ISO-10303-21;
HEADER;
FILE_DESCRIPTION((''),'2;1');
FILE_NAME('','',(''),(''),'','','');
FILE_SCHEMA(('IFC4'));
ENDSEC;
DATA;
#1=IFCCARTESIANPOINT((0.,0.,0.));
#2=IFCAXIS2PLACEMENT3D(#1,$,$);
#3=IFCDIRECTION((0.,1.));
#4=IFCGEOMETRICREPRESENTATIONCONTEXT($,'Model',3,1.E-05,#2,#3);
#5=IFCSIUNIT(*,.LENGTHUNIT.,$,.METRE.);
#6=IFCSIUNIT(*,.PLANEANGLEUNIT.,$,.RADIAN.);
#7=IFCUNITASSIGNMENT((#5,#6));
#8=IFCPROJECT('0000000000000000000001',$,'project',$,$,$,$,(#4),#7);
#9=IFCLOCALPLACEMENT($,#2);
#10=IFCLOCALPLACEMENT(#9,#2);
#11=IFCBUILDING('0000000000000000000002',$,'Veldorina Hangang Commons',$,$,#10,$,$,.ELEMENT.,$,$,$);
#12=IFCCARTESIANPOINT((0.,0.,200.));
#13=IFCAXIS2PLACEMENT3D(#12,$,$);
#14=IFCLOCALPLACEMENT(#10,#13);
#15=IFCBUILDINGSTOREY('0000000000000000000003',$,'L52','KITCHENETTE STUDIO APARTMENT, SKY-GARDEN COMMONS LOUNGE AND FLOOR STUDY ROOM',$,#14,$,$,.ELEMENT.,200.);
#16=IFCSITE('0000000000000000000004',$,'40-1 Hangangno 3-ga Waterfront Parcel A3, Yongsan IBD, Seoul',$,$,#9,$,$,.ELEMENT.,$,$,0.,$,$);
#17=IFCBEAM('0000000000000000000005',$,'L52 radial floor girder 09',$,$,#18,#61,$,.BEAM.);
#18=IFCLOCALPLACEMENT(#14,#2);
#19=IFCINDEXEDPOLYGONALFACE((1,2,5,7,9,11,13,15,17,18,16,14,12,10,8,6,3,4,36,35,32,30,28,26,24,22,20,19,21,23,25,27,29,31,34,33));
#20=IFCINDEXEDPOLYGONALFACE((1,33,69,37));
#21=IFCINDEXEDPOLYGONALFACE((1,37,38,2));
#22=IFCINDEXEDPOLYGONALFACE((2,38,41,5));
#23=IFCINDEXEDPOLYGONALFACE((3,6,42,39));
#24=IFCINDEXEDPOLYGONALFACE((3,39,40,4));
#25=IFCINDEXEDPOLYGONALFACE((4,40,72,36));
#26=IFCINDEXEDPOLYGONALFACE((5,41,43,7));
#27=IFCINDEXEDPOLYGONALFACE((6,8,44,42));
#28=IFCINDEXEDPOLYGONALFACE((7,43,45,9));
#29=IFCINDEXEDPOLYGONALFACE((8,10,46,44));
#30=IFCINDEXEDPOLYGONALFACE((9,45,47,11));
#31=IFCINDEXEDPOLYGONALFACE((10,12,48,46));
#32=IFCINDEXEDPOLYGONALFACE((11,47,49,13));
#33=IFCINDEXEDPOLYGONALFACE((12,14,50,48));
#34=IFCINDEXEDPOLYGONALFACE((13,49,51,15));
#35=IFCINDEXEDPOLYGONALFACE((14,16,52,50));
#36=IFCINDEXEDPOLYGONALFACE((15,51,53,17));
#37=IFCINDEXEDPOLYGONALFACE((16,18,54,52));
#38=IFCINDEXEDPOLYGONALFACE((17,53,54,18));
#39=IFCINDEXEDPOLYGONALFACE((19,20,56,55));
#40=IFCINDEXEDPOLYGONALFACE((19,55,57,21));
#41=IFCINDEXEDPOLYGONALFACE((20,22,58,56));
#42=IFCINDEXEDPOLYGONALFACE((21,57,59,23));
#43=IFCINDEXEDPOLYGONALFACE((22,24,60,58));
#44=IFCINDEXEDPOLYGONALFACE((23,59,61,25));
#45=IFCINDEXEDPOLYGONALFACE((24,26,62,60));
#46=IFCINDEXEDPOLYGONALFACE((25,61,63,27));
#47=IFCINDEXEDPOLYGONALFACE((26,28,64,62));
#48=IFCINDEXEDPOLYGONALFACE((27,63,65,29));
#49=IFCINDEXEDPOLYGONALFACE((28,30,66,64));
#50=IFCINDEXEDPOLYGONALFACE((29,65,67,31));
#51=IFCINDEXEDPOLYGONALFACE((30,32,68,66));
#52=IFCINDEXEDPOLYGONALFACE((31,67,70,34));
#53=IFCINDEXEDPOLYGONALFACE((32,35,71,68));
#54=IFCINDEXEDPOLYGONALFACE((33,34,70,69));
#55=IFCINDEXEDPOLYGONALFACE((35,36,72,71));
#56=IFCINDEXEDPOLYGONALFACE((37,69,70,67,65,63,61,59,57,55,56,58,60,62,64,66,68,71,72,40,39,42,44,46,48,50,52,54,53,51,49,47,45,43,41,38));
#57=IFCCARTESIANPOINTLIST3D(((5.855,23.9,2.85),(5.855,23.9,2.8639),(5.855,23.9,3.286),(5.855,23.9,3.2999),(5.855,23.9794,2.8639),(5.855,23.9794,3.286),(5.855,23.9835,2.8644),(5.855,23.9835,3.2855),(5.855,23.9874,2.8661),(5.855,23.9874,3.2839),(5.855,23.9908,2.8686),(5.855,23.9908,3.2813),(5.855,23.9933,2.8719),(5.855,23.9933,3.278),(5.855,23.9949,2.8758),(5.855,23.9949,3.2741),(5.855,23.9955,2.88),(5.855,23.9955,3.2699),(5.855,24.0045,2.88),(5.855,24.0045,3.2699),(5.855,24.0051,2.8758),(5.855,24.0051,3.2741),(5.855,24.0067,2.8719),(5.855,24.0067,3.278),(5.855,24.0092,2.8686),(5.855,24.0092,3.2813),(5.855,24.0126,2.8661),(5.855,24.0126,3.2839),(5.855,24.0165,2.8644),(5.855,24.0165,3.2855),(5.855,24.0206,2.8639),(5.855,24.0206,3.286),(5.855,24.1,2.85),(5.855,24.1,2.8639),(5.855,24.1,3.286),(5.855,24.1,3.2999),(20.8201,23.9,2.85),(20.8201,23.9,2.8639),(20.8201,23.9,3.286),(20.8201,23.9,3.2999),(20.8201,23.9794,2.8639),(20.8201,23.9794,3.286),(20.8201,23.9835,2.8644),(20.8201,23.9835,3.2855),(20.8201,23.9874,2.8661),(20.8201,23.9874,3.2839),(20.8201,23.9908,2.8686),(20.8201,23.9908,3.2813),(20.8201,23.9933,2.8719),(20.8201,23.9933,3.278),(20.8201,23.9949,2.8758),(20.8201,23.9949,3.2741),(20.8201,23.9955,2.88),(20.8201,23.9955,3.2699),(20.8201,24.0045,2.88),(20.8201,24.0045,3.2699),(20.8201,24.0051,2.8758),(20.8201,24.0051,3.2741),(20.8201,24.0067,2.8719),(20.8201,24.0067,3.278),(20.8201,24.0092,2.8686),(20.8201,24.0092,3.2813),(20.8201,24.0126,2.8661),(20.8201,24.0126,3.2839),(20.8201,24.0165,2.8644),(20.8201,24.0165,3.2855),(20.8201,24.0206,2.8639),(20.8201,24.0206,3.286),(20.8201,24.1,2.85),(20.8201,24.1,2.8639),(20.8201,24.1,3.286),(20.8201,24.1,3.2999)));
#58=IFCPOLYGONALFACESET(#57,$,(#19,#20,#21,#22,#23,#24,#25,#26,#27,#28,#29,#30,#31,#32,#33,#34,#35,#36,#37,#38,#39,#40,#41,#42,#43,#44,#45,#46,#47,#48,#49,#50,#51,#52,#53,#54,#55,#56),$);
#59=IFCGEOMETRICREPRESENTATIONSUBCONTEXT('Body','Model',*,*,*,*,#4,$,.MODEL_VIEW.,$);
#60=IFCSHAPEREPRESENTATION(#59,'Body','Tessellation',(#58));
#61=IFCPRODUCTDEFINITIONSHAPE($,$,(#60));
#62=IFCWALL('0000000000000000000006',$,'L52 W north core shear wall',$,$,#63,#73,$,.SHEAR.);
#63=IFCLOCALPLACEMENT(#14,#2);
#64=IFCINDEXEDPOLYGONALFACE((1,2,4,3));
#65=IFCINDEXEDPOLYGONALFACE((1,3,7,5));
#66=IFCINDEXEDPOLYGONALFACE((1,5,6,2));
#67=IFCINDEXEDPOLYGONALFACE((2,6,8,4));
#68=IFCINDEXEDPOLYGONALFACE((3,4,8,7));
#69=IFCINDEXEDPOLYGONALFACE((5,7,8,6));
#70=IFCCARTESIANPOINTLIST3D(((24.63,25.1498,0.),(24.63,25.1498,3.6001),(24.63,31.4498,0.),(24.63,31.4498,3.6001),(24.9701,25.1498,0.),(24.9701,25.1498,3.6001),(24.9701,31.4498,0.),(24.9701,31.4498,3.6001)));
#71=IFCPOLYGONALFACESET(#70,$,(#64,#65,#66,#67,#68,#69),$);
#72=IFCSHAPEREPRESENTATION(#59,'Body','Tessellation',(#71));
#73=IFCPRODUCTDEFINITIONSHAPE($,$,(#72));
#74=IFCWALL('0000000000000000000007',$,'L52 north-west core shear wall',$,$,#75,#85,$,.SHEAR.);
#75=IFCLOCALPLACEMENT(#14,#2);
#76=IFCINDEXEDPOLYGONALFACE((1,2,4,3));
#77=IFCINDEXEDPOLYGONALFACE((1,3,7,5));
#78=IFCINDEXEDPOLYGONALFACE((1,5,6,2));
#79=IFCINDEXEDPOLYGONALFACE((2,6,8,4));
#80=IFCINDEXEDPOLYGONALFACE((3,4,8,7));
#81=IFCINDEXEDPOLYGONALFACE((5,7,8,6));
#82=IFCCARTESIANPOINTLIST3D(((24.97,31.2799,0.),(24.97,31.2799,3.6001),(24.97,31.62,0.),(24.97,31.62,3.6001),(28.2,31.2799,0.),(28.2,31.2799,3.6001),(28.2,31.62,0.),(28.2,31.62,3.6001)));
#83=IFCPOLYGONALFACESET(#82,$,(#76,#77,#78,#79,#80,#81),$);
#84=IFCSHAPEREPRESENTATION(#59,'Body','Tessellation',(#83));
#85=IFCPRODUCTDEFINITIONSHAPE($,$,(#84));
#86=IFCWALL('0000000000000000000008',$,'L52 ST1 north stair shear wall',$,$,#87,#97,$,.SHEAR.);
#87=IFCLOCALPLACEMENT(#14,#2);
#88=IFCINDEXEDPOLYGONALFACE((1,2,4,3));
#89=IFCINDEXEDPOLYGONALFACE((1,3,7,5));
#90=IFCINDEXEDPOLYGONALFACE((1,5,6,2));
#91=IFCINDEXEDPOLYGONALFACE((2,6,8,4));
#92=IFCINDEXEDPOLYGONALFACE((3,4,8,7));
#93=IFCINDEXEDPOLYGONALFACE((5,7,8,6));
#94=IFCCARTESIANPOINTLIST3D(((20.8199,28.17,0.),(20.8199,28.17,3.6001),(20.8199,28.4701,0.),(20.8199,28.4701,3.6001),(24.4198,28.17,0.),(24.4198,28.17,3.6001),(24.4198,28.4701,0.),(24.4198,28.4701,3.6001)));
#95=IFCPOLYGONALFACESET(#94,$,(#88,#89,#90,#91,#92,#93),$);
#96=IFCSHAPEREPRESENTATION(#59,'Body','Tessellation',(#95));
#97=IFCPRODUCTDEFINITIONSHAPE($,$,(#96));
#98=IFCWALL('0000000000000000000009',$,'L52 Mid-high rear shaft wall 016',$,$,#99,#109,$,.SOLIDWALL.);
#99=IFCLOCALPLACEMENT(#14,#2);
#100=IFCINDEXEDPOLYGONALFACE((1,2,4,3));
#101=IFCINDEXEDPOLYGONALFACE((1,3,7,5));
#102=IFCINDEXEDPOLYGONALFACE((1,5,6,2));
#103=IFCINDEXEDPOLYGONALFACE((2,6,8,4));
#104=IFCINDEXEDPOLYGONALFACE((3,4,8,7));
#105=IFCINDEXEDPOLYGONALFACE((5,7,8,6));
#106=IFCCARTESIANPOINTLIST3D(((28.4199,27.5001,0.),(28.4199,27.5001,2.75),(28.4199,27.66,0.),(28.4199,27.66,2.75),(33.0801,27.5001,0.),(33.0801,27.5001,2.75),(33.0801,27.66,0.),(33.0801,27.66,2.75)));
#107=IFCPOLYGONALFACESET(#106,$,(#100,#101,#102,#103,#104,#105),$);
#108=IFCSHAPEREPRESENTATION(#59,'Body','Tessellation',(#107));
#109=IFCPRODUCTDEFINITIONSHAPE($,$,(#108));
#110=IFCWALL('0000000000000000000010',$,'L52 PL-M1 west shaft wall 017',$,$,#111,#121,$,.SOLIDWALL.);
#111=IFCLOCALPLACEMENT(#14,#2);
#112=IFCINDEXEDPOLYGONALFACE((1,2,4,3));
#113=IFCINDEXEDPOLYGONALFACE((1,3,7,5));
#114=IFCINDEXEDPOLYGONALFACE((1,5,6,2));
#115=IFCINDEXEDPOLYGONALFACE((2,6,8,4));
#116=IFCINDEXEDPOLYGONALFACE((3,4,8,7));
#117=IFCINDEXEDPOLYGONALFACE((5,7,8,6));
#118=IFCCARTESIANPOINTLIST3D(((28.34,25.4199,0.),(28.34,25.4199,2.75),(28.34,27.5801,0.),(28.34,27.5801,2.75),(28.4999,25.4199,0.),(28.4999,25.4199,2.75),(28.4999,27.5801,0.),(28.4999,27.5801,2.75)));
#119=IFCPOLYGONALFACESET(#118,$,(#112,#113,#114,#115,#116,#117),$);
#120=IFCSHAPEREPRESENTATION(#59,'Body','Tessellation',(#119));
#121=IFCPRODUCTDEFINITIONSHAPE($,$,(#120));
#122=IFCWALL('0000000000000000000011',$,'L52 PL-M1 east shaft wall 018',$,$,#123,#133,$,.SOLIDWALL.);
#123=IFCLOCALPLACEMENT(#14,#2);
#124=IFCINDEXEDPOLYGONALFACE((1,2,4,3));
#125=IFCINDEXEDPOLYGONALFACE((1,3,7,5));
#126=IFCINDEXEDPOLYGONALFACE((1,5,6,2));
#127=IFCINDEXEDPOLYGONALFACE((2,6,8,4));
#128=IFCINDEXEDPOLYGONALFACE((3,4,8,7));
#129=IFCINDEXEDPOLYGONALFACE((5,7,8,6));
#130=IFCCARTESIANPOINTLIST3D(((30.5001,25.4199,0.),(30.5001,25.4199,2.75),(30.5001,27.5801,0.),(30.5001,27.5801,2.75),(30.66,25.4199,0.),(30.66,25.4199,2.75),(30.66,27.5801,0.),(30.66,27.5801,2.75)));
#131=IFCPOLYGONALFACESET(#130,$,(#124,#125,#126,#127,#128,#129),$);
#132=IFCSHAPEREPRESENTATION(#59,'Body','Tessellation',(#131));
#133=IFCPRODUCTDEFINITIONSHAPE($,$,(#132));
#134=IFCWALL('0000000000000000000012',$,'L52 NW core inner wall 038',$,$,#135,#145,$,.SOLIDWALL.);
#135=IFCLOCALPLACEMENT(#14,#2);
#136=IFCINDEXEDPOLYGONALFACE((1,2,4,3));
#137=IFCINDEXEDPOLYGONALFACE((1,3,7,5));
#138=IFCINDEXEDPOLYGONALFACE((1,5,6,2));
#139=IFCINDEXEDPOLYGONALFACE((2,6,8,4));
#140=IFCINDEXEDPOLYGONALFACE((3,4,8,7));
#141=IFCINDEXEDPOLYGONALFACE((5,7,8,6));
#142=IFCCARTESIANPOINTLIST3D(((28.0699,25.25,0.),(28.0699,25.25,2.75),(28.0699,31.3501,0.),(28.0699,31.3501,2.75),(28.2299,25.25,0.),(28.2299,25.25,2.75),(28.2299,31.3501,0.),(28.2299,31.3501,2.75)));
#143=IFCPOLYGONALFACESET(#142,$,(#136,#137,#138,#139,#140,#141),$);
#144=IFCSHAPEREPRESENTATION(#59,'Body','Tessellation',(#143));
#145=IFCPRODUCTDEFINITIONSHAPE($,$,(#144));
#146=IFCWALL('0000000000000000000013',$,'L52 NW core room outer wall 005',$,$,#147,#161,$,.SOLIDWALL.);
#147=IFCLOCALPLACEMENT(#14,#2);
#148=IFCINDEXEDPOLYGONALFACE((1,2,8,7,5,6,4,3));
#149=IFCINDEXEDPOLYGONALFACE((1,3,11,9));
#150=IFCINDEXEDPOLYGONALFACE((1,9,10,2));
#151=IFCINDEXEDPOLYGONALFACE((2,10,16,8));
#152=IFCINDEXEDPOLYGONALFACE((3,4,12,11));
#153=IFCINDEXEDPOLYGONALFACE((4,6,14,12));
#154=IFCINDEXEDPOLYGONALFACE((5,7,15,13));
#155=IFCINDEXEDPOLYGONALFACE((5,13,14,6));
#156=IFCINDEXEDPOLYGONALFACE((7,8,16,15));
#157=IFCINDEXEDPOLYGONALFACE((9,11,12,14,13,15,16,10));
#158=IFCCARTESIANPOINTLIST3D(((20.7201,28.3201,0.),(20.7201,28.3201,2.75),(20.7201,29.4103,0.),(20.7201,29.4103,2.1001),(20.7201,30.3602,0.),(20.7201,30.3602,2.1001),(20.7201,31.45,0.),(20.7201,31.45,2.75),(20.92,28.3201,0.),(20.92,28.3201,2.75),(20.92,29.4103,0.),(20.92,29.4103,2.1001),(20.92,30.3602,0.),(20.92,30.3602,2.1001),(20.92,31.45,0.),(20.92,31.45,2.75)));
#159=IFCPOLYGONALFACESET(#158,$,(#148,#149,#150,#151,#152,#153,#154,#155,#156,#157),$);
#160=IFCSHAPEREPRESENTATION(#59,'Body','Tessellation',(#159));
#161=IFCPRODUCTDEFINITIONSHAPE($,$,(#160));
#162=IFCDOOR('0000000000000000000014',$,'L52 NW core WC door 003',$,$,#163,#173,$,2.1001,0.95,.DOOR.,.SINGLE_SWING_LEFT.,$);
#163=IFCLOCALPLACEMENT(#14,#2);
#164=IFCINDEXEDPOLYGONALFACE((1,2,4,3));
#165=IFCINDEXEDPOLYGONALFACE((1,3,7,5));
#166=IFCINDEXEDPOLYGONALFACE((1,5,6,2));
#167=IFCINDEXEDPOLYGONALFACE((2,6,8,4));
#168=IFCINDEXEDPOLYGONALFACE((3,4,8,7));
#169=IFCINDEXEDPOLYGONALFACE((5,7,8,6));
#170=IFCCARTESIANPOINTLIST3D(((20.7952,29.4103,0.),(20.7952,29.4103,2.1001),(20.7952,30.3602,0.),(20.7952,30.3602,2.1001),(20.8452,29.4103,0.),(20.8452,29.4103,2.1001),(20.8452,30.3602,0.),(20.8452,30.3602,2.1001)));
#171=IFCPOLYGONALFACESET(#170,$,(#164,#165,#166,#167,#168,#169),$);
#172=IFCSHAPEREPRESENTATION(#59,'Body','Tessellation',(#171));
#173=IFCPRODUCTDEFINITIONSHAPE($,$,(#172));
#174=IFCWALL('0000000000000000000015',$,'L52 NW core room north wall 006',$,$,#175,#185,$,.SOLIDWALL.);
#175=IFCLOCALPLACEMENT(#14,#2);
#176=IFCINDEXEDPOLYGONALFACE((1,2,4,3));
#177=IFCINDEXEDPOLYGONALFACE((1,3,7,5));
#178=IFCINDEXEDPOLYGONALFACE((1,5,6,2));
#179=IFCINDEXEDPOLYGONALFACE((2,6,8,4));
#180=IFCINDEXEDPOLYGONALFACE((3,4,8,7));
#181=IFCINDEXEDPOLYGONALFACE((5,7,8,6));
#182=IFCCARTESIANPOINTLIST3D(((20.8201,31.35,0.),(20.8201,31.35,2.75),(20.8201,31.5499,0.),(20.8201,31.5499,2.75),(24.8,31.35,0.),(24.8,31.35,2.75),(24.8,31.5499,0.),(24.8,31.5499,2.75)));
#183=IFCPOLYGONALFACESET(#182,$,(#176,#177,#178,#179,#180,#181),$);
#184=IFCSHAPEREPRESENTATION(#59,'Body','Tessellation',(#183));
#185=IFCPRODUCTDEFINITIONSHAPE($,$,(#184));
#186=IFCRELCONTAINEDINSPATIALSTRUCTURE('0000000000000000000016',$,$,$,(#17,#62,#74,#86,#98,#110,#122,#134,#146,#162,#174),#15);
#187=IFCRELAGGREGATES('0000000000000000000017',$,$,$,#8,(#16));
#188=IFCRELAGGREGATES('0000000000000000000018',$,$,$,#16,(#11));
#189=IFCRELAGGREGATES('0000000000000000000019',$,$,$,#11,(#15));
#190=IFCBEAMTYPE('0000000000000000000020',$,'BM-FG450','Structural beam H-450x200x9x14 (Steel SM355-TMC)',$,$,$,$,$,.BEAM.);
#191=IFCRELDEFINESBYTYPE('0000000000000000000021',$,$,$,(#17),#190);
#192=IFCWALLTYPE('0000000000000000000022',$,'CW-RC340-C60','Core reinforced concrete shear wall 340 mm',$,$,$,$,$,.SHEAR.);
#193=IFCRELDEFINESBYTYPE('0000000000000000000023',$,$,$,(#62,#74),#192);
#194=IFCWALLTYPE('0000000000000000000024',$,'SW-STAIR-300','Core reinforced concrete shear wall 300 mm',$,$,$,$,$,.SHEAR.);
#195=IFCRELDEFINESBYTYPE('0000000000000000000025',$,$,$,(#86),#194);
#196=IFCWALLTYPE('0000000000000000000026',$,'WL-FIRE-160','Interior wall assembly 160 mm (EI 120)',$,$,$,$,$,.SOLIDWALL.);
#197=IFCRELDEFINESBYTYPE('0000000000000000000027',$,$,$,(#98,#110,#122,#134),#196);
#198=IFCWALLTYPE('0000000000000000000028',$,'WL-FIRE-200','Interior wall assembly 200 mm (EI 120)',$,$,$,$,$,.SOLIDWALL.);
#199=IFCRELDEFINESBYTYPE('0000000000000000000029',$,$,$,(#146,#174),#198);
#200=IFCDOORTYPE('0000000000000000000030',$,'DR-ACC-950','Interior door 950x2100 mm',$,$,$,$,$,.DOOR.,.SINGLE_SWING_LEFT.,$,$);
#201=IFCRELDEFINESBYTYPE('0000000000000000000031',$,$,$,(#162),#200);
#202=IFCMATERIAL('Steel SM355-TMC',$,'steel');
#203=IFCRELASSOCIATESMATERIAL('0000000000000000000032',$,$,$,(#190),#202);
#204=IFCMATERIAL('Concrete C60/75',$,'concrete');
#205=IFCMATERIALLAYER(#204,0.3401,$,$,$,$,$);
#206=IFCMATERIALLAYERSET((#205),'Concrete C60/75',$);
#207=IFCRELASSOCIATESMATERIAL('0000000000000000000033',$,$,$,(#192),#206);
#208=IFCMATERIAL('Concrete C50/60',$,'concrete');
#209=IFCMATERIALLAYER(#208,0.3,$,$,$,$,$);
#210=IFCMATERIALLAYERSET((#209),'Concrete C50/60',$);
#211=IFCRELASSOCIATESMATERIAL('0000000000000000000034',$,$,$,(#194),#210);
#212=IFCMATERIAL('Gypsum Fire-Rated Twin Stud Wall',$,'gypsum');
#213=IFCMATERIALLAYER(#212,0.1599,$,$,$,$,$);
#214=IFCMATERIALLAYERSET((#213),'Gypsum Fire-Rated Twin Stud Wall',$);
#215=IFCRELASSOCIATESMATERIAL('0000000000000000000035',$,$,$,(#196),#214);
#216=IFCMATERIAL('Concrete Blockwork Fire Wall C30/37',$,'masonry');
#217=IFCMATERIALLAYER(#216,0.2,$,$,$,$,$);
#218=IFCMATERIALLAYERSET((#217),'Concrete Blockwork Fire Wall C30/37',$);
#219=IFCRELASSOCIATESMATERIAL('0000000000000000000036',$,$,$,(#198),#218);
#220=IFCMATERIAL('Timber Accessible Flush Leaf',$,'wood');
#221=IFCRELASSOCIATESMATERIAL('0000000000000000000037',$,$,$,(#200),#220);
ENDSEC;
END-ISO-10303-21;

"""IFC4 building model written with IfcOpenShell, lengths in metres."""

from ifc_helpers import new_model, si_unit, direction, frame, frame_2d, origin, origin_2d, place, context, subcontext, project, spatial, rectangle, i_section, extrude, material, layer, layer_set, material_profile, profile_set, type_object, element, fill, save


model = new_model("IFC4")

# Units and contexts
model_context = context("Model", 3, precision=1e-05, world=origin(), true_north=direction((0.0, 1.0)))
body_context = subcontext(model_context, "Body", "Model", "MODEL_VIEW")
ifc_project = project(units=[si_unit("LENGTHUNIT", "METRE"), si_unit("PLANEANGLEUNIT", "RADIAN")], contexts=[model_context])

# Site, building, storey
site_placement = place(None, origin())
site = spatial("IfcSite", under=ifc_project, at=site_placement, Name="40-1 Hangangno 3-ga Waterfront Parcel A3, Yongsan IBD, Seoul", CompositionType="ELEMENT", RefElevation=0.0)
building_placement = place(site_placement, origin())
building = spatial("IfcBuilding", under=site, at=building_placement, Name="Veldorina Hangang Commons", CompositionType="ELEMENT")
storey_placement = place(building_placement, frame((0.0, 0.0, 200.0)))
storey = spatial("IfcBuildingStorey", under=building, at=storey_placement, Name="L52", Description="KITCHENETTE STUDIO APARTMENT, SKY-GARDEN COMMONS LOUNGE AND FLOOR STUDY ROOM", CompositionType="ELEMENT", Elevation=200.0)

# Beam
ifc_material_1 = material(Name="Concrete C60/75", Category="concrete")
ifc_material_2 = material(Name="Steel SM355-TMC", Category="steel")
ifc_material_profile_1 = material_profile(ifc_material_2, i_section(OverallWidth=0.2, OverallDepth=0.45, WebThickness=0.009, FlangeThickness=0.0139, FilletRadius=0.0161, at=origin_2d()), Name="H-450x200x9x14")
ifc_profile_set_1 = profile_set([ifc_material_profile_1], Name="Steel SM355-TMC")
beam_type_1 = type_object("IfcBeamType", Name="BM-FG450", Description="Structural beam H-450x200x9x14 (Steel SM355-TMC)", PredefinedType="BEAM", material=ifc_profile_set_1)
beam_1_placement = place(storey_placement, frame((20.8201, 24.0, 3.075), z_axis=(-1.0, 0.0, 0.0), x_axis=(0.0, -1.0, 0.0)))
element("IfcBeam", 1, at=beam_1_placement, inside=storey, type_object=beam_type_1, Name="L52 radial floor girder 09", PredefinedType="BEAM", context=body_context, shape_type="SweptSolid", body=[
    extrude(i_section(OverallWidth=0.2, OverallDepth=0.45, WebThickness=0.009, FlangeThickness=0.0139, FilletRadius=0.0161, at=origin_2d()), origin(), (0.0, 0.0, 1.0), 14.9651),
])

# Walls
ifc_layer_1 = layer(ifc_material_1, 0.3401)
ifc_layer_set_1 = layer_set([ifc_layer_1], Name="Concrete C60/75")
wall_type_1 = type_object("IfcWallType", Name="CW-RC340-C60", Description="Core reinforced concrete shear wall 340 mm", PredefinedType="SHEAR", material=ifc_layer_set_1)
wall_1_placement = place(storey_placement, frame((24.8, 25.1499, 0.0), z_axis=(0.0, 0.0, 1.0), x_axis=(0.0, 1.0, 0.0)))
element("IfcWall", 2, at=wall_1_placement, inside=storey, type_object=wall_type_1, Name="L52 W north core shear wall", PredefinedType="SHEAR", context=body_context, shape_type="SweptSolid", body=[
    extrude(rectangle(XDim=6.3, YDim=0.3401, at=frame_2d((3.1499, 0.0))), origin(), (0.0, 0.0, 1.0), 3.6001),
])
wall_2_placement = place(storey_placement, frame((24.97, 31.45, 0.0), z_axis=(0.0, 0.0, 1.0), x_axis=(1.0, 0.0, 0.0)))
element("IfcWall", 3, at=wall_2_placement, inside=storey, type_object=wall_type_1, Name="L52 north-west core shear wall", PredefinedType="SHEAR", context=body_context, shape_type="SweptSolid", body=[
    extrude(rectangle(XDim=3.23, YDim=0.3401, at=frame_2d((1.615, 0.0))), origin(), (0.0, 0.0, 1.0), 3.6001),
])
ifc_material_3 = material(Name="Concrete C50/60", Category="concrete")
ifc_layer_2 = layer(ifc_material_3, 0.3)
ifc_layer_set_2 = layer_set([ifc_layer_2], Name="Concrete C50/60")
wall_type_2 = type_object("IfcWallType", Name="SW-STAIR-300", Description="Core reinforced concrete shear wall 300 mm", PredefinedType="SHEAR", material=ifc_layer_set_2)
wall_3_placement = place(storey_placement, frame((20.8201, 28.3201, 0.0), z_axis=(0.0, 0.0, 1.0), x_axis=(1.0, 0.0, 0.0)))
element("IfcWall", 4, at=wall_3_placement, inside=storey, type_object=wall_type_2, Name="L52 ST1 north stair shear wall", PredefinedType="SHEAR", context=body_context, shape_type="SweptSolid", body=[
    extrude(rectangle(XDim=3.5999, YDim=0.3, at=frame_2d((1.7998, 0.0))), origin(), (0.0, 0.0, 1.0), 3.6001),
])

# Shared definitions
ifc_material_4 = material(Name="Gypsum Fire-Rated Twin Stud Wall", Category="gypsum")
ifc_layer_3 = layer(ifc_material_4, 0.1599)
ifc_layer_set_3 = layer_set([ifc_layer_3], Name="Gypsum Fire-Rated Twin Stud Wall")
wall_type_3 = type_object("IfcWallType", Name="WL-FIRE-160", Description="Interior wall assembly 160 mm (EI 120)", PredefinedType="SOLIDWALL", material=ifc_layer_set_3)

# Walls
wall_4_placement = place(storey_placement, frame((28.4199, 27.5801, 0.0), z_axis=(0.0, 0.0, 1.0), x_axis=(1.0, 0.0, 0.0)))
element("IfcWall", 5, at=wall_4_placement, inside=storey, type_object=wall_type_3, Name="L52 Mid-high rear shaft wall 016", PredefinedType="SOLIDWALL", context=body_context, shape_type="SweptSolid", body=[
    extrude(rectangle(XDim=4.6602, YDim=0.1599, at=frame_2d((2.3301, 0.0))), origin(), (0.0, 0.0, 1.0), 2.75),
])
for number, where, z_axis, x_axis, name in (
    (6, (28.4199, 25.4199, 0.0), (0.0, 0.0, 1.0), (0.0, 1.0, 0.0), "L52 PL-M1 west shaft wall 017"),
    (7, (30.5801, 25.4199, 0.0), (0.0, 0.0, 1.0), (0.0, 1.0, 0.0), "L52 PL-M1 east shaft wall 018"),
):
    element("IfcWall", number, at=place(storey_placement, frame(where, z_axis=z_axis, x_axis=x_axis)), inside=storey, type_object=wall_type_3, Name=name, PredefinedType="SOLIDWALL", context=body_context, shape_type="SweptSolid", body=[
        extrude(rectangle(XDim=2.1602, YDim=0.1599, at=frame_2d((1.0801, 0.0))), origin(), (0.0, 0.0, 1.0), 2.75),
    ])
wall_5_placement = place(storey_placement, frame((28.1499, 25.25, 0.0), z_axis=(0.0, 0.0, 1.0), x_axis=(0.0, 1.0, 0.0)))
element("IfcWall", 8, at=wall_5_placement, inside=storey, type_object=wall_type_3, Name="L52 NW core inner wall 038", PredefinedType="SOLIDWALL", context=body_context, shape_type="SweptSolid", body=[
    extrude(rectangle(XDim=6.1001, YDim=0.1599, at=frame_2d((3.05, 0.0))), origin(), (0.0, 0.0, 1.0), 2.75),
])

# Wall, opening, door
ifc_material_5 = material(Name="Concrete Blockwork Fire Wall C30/37", Category="masonry")
ifc_layer_4 = layer(ifc_material_5, 0.2)
ifc_layer_set_4 = layer_set([ifc_layer_4], Name="Concrete Blockwork Fire Wall C30/37")
wall_type_4 = type_object("IfcWallType", Name="WL-FIRE-200", Description="Interior wall assembly 200 mm (EI 120)", PredefinedType="SOLIDWALL", material=ifc_layer_set_4)
wall_6_placement = place(storey_placement, frame((20.8201, 28.3201, 0.0), z_axis=(0.0, 0.0, 1.0), x_axis=(0.0, 1.0, 0.0)))
wall_6 = element("IfcWall", 9, at=wall_6_placement, inside=storey, type_object=wall_type_4, Name="L52 NW core room outer wall 005", PredefinedType="SOLIDWALL", context=body_context, shape_type="SweptSolid", body=[
    extrude(rectangle(XDim=3.1299, YDim=0.2, at=frame_2d((1.5649, 0.0))), origin(), (0.0, 0.0, 1.0), 2.75),
])
opening_1_placement = place(wall_6_placement, frame((1.0901, 0.0, 0.0)))
opening_1 = element("IfcOpeningElement", 10, at=opening_1_placement, cuts=wall_6, PredefinedType="OPENING", context=body_context, shape_type="SweptSolid", body=[
    extrude(rectangle(XDim=0.95, YDim=2.1001, at=frame_2d((0.4751, 1.05))), frame((0.0, 0.1099, 0.0), z_axis=(0.0, -1.0, 0.0), x_axis=(1.0, 0.0, 0.0)), (0.0, 0.0, 1.0), 0.22),
])
ifc_material_6 = material(Name="Timber Accessible Flush Leaf", Category="wood")
door_type_1 = type_object("IfcDoorType", Name="DR-ACC-950", Description="Interior door 950x2100 mm", OperationType="SINGLE_SWING_LEFT", PredefinedType="DOOR", material=ifc_material_6)
door_1_placement = place(opening_1_placement, origin())
door_1 = element("IfcDoor", 11, at=door_1_placement, inside=storey, type_object=door_type_1, Name="L52 NW core WC door 003", OperationType="SINGLE_SWING_LEFT", OverallHeight=2.1001, OverallWidth=0.95, PredefinedType="DOOR", context=body_context, shape_type="SweptSolid", body=[
    extrude(rectangle(XDim=0.95, YDim=2.1001, at=frame_2d((0.4751, 1.05))), frame((0.0, 0.0249, 0.0), z_axis=(0.0, -1.0, 0.0), x_axis=(1.0, 0.0, 0.0)), (0.0, 0.0, 1.0), 0.05),
])
fill(opening_1, door_1)

# Wall
wall_7_placement = place(storey_placement, frame((20.8201, 31.45, 0.0), z_axis=(0.0, 0.0, 1.0), x_axis=(1.0, 0.0, 0.0)))
element("IfcWall", 12, at=wall_7_placement, inside=storey, type_object=wall_type_4, Name="L52 NW core room north wall 006", PredefinedType="SOLIDWALL", context=body_context, shape_type="SweptSolid", body=[
    extrude(rectangle(XDim=3.98, YDim=0.2, at=frame_2d((1.99, 0.0))), origin(), (0.0, 0.0, 1.0), 2.75),
])

save(model, "model.ifc")
